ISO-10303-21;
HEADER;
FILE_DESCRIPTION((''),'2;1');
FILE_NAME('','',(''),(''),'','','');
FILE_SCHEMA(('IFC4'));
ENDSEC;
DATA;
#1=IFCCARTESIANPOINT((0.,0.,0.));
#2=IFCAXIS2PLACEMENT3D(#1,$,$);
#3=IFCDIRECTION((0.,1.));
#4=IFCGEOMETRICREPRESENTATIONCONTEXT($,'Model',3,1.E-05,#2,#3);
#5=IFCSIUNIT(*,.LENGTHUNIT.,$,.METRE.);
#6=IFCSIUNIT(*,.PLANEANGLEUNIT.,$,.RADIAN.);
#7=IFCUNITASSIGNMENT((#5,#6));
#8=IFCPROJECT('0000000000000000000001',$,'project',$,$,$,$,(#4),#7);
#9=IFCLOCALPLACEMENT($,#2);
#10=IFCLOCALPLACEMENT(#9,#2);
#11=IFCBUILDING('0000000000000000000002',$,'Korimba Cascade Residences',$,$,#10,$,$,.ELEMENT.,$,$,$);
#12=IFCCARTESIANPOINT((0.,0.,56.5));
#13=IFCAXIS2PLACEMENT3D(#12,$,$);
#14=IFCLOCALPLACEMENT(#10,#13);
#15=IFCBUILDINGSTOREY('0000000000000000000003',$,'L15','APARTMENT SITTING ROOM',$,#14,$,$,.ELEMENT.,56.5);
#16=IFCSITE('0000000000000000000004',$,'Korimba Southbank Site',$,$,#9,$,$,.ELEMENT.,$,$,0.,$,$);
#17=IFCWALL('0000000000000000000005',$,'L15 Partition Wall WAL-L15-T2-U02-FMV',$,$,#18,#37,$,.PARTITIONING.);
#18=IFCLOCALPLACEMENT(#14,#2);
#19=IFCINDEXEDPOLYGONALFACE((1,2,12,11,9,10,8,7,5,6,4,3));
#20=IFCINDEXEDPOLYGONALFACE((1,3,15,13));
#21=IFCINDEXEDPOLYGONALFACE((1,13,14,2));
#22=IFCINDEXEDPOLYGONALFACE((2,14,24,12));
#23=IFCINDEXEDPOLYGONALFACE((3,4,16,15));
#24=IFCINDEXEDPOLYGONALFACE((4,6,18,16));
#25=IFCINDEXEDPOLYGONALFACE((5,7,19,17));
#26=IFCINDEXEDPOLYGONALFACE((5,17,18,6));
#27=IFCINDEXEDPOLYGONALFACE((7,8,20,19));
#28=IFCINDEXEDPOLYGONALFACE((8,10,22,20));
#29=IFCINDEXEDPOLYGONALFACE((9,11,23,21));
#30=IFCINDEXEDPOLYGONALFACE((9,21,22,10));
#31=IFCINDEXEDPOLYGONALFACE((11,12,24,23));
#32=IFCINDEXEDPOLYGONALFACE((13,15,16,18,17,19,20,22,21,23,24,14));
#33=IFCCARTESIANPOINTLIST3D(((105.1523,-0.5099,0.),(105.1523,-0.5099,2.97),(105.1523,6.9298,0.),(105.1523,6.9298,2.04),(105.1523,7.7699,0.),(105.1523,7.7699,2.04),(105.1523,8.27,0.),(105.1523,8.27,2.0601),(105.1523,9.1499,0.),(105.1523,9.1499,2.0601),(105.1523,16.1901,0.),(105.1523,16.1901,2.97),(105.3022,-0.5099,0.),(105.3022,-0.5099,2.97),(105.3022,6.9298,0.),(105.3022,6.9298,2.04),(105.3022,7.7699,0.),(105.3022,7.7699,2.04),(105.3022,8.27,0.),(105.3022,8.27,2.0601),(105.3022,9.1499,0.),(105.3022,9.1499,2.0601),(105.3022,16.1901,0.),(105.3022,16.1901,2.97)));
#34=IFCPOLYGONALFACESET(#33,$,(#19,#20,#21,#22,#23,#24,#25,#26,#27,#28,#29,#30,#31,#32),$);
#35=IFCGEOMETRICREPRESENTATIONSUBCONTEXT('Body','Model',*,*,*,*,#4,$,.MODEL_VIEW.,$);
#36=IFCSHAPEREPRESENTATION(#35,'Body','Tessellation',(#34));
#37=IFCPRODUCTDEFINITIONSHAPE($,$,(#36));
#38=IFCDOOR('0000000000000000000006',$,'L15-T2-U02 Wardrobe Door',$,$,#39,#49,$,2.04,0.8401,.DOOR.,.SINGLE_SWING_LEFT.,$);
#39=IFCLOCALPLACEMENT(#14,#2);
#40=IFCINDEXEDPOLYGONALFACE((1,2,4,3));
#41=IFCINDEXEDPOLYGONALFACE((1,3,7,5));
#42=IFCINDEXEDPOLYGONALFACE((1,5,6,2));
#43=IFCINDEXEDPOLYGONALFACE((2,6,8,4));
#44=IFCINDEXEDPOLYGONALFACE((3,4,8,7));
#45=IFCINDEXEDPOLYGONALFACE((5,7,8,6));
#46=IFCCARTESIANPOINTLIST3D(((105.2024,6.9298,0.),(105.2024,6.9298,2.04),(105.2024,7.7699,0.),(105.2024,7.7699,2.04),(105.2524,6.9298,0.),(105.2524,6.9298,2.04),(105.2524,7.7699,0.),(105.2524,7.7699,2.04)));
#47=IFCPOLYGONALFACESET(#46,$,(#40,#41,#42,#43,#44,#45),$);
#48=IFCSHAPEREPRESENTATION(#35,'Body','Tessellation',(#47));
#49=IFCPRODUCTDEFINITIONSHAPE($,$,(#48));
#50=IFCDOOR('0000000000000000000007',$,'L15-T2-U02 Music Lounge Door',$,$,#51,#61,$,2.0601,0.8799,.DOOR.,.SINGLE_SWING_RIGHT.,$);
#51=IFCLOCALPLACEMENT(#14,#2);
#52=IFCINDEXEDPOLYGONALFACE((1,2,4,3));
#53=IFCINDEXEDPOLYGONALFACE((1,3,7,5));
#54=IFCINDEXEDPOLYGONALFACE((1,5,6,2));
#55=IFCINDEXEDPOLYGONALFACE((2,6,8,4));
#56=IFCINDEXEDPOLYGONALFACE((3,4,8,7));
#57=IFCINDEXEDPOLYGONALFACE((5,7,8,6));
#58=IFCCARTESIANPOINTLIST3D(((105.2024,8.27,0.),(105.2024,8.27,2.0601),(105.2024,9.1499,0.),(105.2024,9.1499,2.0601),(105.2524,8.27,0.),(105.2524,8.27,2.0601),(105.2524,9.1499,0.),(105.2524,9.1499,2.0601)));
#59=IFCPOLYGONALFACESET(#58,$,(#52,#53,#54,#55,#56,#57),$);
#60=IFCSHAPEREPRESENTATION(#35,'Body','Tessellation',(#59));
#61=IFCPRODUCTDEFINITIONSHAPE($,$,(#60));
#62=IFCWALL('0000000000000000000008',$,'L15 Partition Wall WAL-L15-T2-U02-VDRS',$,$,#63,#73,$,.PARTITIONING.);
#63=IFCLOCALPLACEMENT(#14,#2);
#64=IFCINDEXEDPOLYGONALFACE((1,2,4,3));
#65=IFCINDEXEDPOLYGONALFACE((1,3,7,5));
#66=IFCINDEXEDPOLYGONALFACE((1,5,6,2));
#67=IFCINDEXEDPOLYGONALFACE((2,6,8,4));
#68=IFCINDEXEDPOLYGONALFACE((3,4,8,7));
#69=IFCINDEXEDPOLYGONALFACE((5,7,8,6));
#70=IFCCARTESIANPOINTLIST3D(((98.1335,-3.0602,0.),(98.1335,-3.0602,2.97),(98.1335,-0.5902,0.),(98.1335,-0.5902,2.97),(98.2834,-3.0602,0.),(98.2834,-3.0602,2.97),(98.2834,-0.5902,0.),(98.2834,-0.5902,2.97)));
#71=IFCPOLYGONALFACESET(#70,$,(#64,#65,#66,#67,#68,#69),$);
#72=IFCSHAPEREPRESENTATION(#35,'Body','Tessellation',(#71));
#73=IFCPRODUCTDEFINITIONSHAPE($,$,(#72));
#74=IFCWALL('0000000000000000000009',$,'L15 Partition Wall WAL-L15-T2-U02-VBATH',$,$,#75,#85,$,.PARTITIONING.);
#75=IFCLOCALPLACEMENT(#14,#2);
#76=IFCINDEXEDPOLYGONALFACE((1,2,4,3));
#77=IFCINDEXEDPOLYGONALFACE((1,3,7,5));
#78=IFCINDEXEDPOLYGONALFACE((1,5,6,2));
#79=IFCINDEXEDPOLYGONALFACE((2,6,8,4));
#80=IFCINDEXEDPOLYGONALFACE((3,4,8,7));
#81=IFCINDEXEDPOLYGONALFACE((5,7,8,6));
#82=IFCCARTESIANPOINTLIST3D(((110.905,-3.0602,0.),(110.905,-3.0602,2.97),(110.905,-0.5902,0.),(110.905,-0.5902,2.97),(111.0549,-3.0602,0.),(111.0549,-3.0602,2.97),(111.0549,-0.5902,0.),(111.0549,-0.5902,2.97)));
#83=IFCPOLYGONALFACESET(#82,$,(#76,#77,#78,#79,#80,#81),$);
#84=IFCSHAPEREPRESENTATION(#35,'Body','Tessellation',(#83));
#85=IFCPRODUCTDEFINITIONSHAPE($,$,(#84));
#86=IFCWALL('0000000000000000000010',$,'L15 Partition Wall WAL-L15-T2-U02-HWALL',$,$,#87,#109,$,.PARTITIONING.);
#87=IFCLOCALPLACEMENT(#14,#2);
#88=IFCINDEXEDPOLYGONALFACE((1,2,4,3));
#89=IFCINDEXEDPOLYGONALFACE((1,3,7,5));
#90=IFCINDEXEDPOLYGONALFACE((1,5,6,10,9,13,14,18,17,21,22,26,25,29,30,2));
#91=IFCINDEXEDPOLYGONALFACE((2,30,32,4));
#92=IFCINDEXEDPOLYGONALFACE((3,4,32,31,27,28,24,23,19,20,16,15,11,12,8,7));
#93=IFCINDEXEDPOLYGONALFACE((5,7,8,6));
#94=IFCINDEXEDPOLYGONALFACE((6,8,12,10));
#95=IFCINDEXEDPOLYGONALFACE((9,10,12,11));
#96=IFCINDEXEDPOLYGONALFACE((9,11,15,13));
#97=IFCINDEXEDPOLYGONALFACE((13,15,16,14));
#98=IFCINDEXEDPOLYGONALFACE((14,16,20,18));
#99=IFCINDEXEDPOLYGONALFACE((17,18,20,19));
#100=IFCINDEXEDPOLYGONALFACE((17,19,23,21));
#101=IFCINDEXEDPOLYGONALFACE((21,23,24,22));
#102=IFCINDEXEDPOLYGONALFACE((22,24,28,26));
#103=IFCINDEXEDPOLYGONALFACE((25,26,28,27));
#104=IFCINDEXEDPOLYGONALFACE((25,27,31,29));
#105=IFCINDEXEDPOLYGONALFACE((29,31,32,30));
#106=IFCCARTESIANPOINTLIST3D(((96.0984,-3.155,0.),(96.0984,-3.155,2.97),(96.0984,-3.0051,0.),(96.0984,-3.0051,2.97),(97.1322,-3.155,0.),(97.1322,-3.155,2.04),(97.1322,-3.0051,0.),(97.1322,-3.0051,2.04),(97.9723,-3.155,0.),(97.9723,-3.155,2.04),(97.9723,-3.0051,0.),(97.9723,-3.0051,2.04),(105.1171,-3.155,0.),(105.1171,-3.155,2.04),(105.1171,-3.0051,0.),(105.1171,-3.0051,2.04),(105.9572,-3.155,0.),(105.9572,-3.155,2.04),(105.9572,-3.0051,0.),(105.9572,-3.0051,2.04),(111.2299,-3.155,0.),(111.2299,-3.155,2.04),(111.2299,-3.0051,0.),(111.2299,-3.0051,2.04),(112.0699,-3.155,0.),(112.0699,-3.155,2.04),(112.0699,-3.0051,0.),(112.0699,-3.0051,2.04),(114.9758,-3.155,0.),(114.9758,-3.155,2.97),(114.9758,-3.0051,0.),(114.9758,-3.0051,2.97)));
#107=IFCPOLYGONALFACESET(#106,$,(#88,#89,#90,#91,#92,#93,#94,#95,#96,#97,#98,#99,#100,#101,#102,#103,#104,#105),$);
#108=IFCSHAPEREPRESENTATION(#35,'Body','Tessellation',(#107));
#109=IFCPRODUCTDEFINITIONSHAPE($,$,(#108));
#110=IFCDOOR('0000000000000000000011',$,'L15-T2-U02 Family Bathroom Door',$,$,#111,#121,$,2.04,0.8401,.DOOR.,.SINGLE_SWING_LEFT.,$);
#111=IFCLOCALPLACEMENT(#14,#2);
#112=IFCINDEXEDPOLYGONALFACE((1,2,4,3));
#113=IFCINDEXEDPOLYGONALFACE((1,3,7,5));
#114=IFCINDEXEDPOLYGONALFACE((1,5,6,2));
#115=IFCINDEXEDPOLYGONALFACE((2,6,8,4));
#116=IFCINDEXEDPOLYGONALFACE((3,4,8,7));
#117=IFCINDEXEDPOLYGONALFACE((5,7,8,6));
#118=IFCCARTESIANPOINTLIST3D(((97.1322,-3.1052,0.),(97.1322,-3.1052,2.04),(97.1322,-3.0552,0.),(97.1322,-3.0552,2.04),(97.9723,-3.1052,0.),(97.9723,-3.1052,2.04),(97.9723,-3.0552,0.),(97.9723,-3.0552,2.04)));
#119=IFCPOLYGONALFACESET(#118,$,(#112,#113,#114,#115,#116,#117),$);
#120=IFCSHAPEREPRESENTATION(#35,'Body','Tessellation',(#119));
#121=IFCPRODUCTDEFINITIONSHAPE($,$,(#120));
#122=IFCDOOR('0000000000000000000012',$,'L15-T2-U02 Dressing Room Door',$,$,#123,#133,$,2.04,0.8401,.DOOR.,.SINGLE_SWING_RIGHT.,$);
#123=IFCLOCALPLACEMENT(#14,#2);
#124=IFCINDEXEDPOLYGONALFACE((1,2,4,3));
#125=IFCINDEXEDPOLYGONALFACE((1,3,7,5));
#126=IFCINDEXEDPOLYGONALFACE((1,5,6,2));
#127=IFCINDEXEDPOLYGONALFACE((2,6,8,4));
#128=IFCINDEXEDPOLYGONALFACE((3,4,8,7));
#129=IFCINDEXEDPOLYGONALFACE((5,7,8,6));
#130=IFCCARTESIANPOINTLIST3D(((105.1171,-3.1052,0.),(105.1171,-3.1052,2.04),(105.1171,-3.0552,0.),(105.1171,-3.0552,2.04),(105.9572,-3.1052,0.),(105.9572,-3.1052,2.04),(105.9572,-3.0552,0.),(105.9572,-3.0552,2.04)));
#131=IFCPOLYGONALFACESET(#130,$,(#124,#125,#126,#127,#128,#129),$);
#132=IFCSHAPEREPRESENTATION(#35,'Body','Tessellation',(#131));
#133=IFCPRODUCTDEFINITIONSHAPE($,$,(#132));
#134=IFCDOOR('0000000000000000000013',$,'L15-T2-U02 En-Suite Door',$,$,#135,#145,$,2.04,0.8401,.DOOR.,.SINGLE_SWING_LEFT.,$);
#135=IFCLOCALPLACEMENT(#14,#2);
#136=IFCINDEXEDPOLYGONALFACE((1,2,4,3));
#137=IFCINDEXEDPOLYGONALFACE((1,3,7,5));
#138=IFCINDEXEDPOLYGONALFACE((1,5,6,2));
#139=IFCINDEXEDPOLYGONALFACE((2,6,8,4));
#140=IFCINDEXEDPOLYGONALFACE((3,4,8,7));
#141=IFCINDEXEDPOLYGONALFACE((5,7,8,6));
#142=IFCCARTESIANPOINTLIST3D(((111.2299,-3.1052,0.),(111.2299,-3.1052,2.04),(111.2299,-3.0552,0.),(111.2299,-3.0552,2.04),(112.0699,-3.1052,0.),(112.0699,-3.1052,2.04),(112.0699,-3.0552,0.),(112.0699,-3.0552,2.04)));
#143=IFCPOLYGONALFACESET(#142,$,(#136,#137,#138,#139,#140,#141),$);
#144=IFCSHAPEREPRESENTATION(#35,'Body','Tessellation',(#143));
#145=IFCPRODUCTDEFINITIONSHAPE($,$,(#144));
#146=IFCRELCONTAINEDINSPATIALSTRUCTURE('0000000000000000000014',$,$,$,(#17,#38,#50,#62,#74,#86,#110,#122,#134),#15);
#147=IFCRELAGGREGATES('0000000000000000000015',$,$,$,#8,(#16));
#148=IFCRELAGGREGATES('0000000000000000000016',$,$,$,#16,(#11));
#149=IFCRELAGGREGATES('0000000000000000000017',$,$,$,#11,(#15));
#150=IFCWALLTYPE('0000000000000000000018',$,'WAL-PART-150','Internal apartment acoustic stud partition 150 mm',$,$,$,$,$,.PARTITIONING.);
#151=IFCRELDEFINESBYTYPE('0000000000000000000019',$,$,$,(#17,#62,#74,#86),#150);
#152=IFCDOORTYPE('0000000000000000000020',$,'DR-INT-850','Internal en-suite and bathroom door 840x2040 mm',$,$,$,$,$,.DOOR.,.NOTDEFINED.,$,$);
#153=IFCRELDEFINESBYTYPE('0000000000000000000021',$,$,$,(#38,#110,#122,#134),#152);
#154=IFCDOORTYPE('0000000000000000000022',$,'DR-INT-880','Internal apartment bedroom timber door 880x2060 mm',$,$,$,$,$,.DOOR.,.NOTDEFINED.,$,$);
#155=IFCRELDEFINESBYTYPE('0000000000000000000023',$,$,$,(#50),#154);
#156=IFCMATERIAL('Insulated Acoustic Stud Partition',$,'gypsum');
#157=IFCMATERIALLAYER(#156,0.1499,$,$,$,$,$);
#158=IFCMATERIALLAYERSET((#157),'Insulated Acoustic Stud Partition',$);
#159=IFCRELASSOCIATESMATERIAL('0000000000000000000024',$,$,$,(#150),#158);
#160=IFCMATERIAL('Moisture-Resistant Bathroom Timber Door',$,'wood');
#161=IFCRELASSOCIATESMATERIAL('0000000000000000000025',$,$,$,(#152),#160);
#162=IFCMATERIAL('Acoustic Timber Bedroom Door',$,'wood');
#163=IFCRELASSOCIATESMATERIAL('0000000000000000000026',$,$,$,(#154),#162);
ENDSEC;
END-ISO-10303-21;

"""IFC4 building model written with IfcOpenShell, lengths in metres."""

from ifc_helpers import new_model, si_unit, direction, frame, frame_2d, origin, place, context, subcontext, project, spatial, rectangle, extrude, material, layer, layer_set, type_object, element, fill, save


model = new_model("IFC4")

# Units and contexts
model_context = context("Model", 3, precision=1e-05, world=origin(), true_north=direction((0.0, 1.0)))
body_context = subcontext(model_context, "Body", "Model", "MODEL_VIEW")
ifc_project = project(units=[si_unit("LENGTHUNIT", "METRE"), si_unit("PLANEANGLEUNIT", "RADIAN")], contexts=[model_context])

# Site, building, storey
site_placement = place(None, origin())
site = spatial("IfcSite", under=ifc_project, at=site_placement, Name="Korimba Southbank Site", CompositionType="ELEMENT", RefElevation=0.0)
building_placement = place(site_placement, origin())
building = spatial("IfcBuilding", under=site, at=building_placement, Name="Korimba Cascade Residences", CompositionType="ELEMENT")
storey_placement = place(building_placement, frame((0.0, 0.0, 56.5)))
storey = spatial("IfcBuildingStorey", under=building, at=storey_placement, Name="L15", Description="APARTMENT SITTING ROOM", CompositionType="ELEMENT", Elevation=56.5)

# Wall, openings, doors
ifc_material_1 = material(Name="Insulated Acoustic Stud Partition", Category="gypsum")
ifc_layer = layer(ifc_material_1, 0.1499)
ifc_layer_set = layer_set([ifc_layer], Name="Insulated Acoustic Stud Partition")
wall_type = type_object("IfcWallType", Name="WAL-PART-150", Description="Internal apartment acoustic stud partition 150 mm", PredefinedType="PARTITIONING", material=ifc_layer_set)
wall_1_placement = place(storey_placement, frame((105.2273, -0.51, 0.0), z_axis=(0.0, 0.0, 1.0), x_axis=(0.0, 1.0, 0.0)))
wall_1 = element("IfcWall", 1, at=wall_1_placement, inside=storey, type_object=wall_type, Name="L15 Partition Wall WAL-L15-T2-U02-FMV", PredefinedType="PARTITIONING", context=body_context, shape_type="SweptSolid", body=[
    extrude(rectangle(XDim=16.7, YDim=0.1499, at=frame_2d((8.3501, 0.0))), origin(), (0.0, 0.0, 1.0), 2.97),
])
opening_1_placement = place(wall_1_placement, frame((7.4399, 0.0, 0.0)))
opening_1 = element("IfcOpeningElement", 2, at=opening_1_placement, cuts=wall_1, PredefinedType="OPENING", context=body_context, shape_type="SweptSolid", body=[
    extrude(rectangle(XDim=0.8401, YDim=2.04, at=frame_2d((0.4199, 1.02))), frame((0.0, 0.085, 0.0), z_axis=(0.0, -1.0, 0.0), x_axis=(1.0, 0.0, 0.0)), (0.0, 0.0, 1.0), 0.1699),
])
opening_2_placement = place(wall_1_placement, frame((8.78, 0.0, 0.0)))
opening_2 = element("IfcOpeningElement", 3, at=opening_2_placement, cuts=wall_1, PredefinedType="OPENING", context=body_context, shape_type="SweptSolid", body=[
    extrude(rectangle(XDim=0.8799, YDim=2.0601, at=frame_2d((0.4399, 1.03))), frame((0.0, 0.085, 0.0), z_axis=(0.0, -1.0, 0.0), x_axis=(1.0, 0.0, 0.0)), (0.0, 0.0, 1.0), 0.1699),
])
ifc_material_2 = material(Name="Moisture-Resistant Bathroom Timber Door", Category="wood")
door_type_1 = type_object("IfcDoorType", Name="DR-INT-850", Description="Internal en-suite and bathroom door 840x2040 mm", OperationType="NOTDEFINED", PredefinedType="DOOR", material=ifc_material_2)
door_1_placement = place(opening_1_placement, origin())
door_1 = element("IfcDoor", 4, at=door_1_placement, inside=storey, type_object=door_type_1, Name="L15-T2-U02 Wardrobe Door", OperationType="SINGLE_SWING_LEFT", OverallHeight=2.04, OverallWidth=0.8401, PredefinedType="DOOR", context=body_context, shape_type="SweptSolid", body=[
    extrude(rectangle(XDim=0.8401, YDim=2.04, at=frame_2d((0.4199, 1.02))), frame((0.0, 0.0249, 0.0), z_axis=(0.0, -1.0, 0.0), x_axis=(1.0, 0.0, 0.0)), (0.0, 0.0, 1.0), 0.05),
])
fill(opening_1, door_1)
ifc_material_3 = material(Name="Acoustic Timber Bedroom Door", Category="wood")
door_type_2 = type_object("IfcDoorType", Name="DR-INT-880", Description="Internal apartment bedroom timber door 880x2060 mm", OperationType="NOTDEFINED", PredefinedType="DOOR", material=ifc_material_3)
door_2_placement = place(opening_2_placement, origin())
door_2 = element("IfcDoor", 5, at=door_2_placement, inside=storey, type_object=door_type_2, Name="L15-T2-U02 Music Lounge Door", OperationType="SINGLE_SWING_RIGHT", OverallHeight=2.0601, OverallWidth=0.8799, PredefinedType="DOOR", context=body_context, shape_type="SweptSolid", body=[
    extrude(rectangle(XDim=0.8799, YDim=2.0601, at=frame_2d((0.4399, 1.03))), frame((0.0, 0.0249, 0.0), z_axis=(0.0, -1.0, 0.0), x_axis=(1.0, 0.0, 0.0)), (0.0, 0.0, 1.0), 0.05),
])
fill(opening_2, door_2)

# Walls
for number, where, z_axis, x_axis, name in (
    (6, (98.2085, -3.0601, 0.0), (0.0, 0.0, 1.0), (0.0, 1.0, 0.0), "L15 Partition Wall WAL-L15-T2-U02-VDRS"),
    (7, (110.98, -3.0601, 0.0), (0.0, 0.0, 1.0), (0.0, 1.0, 0.0), "L15 Partition Wall WAL-L15-T2-U02-VBATH"),
):
    element("IfcWall", number, at=place(storey_placement, frame(where, z_axis=z_axis, x_axis=x_axis)), inside=storey, type_object=wall_type, Name=name, PredefinedType="PARTITIONING", context=body_context, shape_type="SweptSolid", body=[
        extrude(rectangle(XDim=2.47, YDim=0.1499, at=frame_2d((1.2349, 0.0))), origin(), (0.0, 0.0, 1.0), 2.97),
    ])

# Wall, openings, doors
wall_2_placement = place(storey_placement, frame((96.0984, -3.0801, 0.0), z_axis=(0.0, 0.0, 1.0), x_axis=(1.0, 0.0, 0.0)))
wall_2 = element("IfcWall", 8, at=wall_2_placement, inside=storey, type_object=wall_type, Name="L15 Partition Wall WAL-L15-T2-U02-HWALL", PredefinedType="PARTITIONING", context=body_context, shape_type="SweptSolid", body=[
    extrude(rectangle(XDim=18.8774, YDim=0.1499, at=frame_2d((9.4387, 0.0))), origin(), (0.0, 0.0, 1.0), 2.97),
])
opening_3_placement = place(wall_2_placement, frame((1.0339, 0.0, 0.0)))
opening_3 = element("IfcOpeningElement", 9, at=opening_3_placement, cuts=wall_2, PredefinedType="OPENING", context=body_context, shape_type="SweptSolid", body=[
    extrude(rectangle(XDim=0.8401, YDim=2.04, at=frame_2d((0.4199, 1.02))), frame((0.0, 0.085, 0.0), z_axis=(0.0, -1.0, 0.0), x_axis=(1.0, 0.0, 0.0)), (0.0, 0.0, 1.0), 0.1699),
])
opening_4_placement = place(wall_2_placement, frame((9.0188, 0.0, 0.0)))
opening_4 = element("IfcOpeningElement", 10, at=opening_4_placement, cuts=wall_2, PredefinedType="OPENING", context=body_context, shape_type="SweptSolid", body=[
    extrude(rectangle(XDim=0.8401, YDim=2.04, at=frame_2d((0.4199, 1.02))), frame((0.0, 0.085, 0.0), z_axis=(0.0, -1.0, 0.0), x_axis=(1.0, 0.0, 0.0)), (0.0, 0.0, 1.0), 0.1699),
])
opening_5_placement = place(wall_2_placement, frame((15.1316, 0.0, 0.0)))
opening_5 = element("IfcOpeningElement", 11, at=opening_5_placement, cuts=wall_2, PredefinedType="OPENING", context=body_context, shape_type="SweptSolid", body=[
    extrude(rectangle(XDim=0.8401, YDim=2.04, at=frame_2d((0.4199, 1.02))), frame((0.0, 0.085, 0.0), z_axis=(0.0, -1.0, 0.0), x_axis=(1.0, 0.0, 0.0)), (0.0, 0.0, 1.0), 0.1699),
])
door_3_placement = place(opening_3_placement, origin())
door_3 = element("IfcDoor", 12, at=door_3_placement, inside=storey, type_object=door_type_1, Name="L15-T2-U02 Family Bathroom Door", OperationType="SINGLE_SWING_LEFT", OverallHeight=2.04, OverallWidth=0.8401, PredefinedType="DOOR", context=body_context, shape_type="SweptSolid", body=[
    extrude(rectangle(XDim=0.8401, YDim=2.04, at=frame_2d((0.4199, 1.02))), frame((0.0, 0.0249, 0.0), z_axis=(0.0, -1.0, 0.0), x_axis=(1.0, 0.0, 0.0)), (0.0, 0.0, 1.0), 0.05),
])
fill(opening_3, door_3)
door_4_placement = place(opening_4_placement, origin())
door_4 = element("IfcDoor", 13, at=door_4_placement, inside=storey, type_object=door_type_1, Name="L15-T2-U02 Dressing Room Door", OperationType="SINGLE_SWING_RIGHT", OverallHeight=2.04, OverallWidth=0.8401, PredefinedType="DOOR", context=body_context, shape_type="SweptSolid", body=[
    extrude(rectangle(XDim=0.8401, YDim=2.04, at=frame_2d((0.4199, 1.02))), frame((0.0, 0.0249, 0.0), z_axis=(0.0, -1.0, 0.0), x_axis=(1.0, 0.0, 0.0)), (0.0, 0.0, 1.0), 0.05),
])
fill(opening_4, door_4)
door_5_placement = place(opening_5_placement, origin())
door_5 = element("IfcDoor", 14, at=door_5_placement, inside=storey, type_object=door_type_1, Name="L15-T2-U02 En-Suite Door", OperationType="SINGLE_SWING_LEFT", OverallHeight=2.04, OverallWidth=0.8401, PredefinedType="DOOR", context=body_context, shape_type="SweptSolid", body=[
    extrude(rectangle(XDim=0.8401, YDim=2.04, at=frame_2d((0.4199, 1.02))), frame((0.0, 0.0249, 0.0), z_axis=(0.0, -1.0, 0.0), x_axis=(1.0, 0.0, 0.0)), (0.0, 0.0, 1.0), 0.05),
])
fill(opening_5, door_5)

save(model, "model.ifc")
